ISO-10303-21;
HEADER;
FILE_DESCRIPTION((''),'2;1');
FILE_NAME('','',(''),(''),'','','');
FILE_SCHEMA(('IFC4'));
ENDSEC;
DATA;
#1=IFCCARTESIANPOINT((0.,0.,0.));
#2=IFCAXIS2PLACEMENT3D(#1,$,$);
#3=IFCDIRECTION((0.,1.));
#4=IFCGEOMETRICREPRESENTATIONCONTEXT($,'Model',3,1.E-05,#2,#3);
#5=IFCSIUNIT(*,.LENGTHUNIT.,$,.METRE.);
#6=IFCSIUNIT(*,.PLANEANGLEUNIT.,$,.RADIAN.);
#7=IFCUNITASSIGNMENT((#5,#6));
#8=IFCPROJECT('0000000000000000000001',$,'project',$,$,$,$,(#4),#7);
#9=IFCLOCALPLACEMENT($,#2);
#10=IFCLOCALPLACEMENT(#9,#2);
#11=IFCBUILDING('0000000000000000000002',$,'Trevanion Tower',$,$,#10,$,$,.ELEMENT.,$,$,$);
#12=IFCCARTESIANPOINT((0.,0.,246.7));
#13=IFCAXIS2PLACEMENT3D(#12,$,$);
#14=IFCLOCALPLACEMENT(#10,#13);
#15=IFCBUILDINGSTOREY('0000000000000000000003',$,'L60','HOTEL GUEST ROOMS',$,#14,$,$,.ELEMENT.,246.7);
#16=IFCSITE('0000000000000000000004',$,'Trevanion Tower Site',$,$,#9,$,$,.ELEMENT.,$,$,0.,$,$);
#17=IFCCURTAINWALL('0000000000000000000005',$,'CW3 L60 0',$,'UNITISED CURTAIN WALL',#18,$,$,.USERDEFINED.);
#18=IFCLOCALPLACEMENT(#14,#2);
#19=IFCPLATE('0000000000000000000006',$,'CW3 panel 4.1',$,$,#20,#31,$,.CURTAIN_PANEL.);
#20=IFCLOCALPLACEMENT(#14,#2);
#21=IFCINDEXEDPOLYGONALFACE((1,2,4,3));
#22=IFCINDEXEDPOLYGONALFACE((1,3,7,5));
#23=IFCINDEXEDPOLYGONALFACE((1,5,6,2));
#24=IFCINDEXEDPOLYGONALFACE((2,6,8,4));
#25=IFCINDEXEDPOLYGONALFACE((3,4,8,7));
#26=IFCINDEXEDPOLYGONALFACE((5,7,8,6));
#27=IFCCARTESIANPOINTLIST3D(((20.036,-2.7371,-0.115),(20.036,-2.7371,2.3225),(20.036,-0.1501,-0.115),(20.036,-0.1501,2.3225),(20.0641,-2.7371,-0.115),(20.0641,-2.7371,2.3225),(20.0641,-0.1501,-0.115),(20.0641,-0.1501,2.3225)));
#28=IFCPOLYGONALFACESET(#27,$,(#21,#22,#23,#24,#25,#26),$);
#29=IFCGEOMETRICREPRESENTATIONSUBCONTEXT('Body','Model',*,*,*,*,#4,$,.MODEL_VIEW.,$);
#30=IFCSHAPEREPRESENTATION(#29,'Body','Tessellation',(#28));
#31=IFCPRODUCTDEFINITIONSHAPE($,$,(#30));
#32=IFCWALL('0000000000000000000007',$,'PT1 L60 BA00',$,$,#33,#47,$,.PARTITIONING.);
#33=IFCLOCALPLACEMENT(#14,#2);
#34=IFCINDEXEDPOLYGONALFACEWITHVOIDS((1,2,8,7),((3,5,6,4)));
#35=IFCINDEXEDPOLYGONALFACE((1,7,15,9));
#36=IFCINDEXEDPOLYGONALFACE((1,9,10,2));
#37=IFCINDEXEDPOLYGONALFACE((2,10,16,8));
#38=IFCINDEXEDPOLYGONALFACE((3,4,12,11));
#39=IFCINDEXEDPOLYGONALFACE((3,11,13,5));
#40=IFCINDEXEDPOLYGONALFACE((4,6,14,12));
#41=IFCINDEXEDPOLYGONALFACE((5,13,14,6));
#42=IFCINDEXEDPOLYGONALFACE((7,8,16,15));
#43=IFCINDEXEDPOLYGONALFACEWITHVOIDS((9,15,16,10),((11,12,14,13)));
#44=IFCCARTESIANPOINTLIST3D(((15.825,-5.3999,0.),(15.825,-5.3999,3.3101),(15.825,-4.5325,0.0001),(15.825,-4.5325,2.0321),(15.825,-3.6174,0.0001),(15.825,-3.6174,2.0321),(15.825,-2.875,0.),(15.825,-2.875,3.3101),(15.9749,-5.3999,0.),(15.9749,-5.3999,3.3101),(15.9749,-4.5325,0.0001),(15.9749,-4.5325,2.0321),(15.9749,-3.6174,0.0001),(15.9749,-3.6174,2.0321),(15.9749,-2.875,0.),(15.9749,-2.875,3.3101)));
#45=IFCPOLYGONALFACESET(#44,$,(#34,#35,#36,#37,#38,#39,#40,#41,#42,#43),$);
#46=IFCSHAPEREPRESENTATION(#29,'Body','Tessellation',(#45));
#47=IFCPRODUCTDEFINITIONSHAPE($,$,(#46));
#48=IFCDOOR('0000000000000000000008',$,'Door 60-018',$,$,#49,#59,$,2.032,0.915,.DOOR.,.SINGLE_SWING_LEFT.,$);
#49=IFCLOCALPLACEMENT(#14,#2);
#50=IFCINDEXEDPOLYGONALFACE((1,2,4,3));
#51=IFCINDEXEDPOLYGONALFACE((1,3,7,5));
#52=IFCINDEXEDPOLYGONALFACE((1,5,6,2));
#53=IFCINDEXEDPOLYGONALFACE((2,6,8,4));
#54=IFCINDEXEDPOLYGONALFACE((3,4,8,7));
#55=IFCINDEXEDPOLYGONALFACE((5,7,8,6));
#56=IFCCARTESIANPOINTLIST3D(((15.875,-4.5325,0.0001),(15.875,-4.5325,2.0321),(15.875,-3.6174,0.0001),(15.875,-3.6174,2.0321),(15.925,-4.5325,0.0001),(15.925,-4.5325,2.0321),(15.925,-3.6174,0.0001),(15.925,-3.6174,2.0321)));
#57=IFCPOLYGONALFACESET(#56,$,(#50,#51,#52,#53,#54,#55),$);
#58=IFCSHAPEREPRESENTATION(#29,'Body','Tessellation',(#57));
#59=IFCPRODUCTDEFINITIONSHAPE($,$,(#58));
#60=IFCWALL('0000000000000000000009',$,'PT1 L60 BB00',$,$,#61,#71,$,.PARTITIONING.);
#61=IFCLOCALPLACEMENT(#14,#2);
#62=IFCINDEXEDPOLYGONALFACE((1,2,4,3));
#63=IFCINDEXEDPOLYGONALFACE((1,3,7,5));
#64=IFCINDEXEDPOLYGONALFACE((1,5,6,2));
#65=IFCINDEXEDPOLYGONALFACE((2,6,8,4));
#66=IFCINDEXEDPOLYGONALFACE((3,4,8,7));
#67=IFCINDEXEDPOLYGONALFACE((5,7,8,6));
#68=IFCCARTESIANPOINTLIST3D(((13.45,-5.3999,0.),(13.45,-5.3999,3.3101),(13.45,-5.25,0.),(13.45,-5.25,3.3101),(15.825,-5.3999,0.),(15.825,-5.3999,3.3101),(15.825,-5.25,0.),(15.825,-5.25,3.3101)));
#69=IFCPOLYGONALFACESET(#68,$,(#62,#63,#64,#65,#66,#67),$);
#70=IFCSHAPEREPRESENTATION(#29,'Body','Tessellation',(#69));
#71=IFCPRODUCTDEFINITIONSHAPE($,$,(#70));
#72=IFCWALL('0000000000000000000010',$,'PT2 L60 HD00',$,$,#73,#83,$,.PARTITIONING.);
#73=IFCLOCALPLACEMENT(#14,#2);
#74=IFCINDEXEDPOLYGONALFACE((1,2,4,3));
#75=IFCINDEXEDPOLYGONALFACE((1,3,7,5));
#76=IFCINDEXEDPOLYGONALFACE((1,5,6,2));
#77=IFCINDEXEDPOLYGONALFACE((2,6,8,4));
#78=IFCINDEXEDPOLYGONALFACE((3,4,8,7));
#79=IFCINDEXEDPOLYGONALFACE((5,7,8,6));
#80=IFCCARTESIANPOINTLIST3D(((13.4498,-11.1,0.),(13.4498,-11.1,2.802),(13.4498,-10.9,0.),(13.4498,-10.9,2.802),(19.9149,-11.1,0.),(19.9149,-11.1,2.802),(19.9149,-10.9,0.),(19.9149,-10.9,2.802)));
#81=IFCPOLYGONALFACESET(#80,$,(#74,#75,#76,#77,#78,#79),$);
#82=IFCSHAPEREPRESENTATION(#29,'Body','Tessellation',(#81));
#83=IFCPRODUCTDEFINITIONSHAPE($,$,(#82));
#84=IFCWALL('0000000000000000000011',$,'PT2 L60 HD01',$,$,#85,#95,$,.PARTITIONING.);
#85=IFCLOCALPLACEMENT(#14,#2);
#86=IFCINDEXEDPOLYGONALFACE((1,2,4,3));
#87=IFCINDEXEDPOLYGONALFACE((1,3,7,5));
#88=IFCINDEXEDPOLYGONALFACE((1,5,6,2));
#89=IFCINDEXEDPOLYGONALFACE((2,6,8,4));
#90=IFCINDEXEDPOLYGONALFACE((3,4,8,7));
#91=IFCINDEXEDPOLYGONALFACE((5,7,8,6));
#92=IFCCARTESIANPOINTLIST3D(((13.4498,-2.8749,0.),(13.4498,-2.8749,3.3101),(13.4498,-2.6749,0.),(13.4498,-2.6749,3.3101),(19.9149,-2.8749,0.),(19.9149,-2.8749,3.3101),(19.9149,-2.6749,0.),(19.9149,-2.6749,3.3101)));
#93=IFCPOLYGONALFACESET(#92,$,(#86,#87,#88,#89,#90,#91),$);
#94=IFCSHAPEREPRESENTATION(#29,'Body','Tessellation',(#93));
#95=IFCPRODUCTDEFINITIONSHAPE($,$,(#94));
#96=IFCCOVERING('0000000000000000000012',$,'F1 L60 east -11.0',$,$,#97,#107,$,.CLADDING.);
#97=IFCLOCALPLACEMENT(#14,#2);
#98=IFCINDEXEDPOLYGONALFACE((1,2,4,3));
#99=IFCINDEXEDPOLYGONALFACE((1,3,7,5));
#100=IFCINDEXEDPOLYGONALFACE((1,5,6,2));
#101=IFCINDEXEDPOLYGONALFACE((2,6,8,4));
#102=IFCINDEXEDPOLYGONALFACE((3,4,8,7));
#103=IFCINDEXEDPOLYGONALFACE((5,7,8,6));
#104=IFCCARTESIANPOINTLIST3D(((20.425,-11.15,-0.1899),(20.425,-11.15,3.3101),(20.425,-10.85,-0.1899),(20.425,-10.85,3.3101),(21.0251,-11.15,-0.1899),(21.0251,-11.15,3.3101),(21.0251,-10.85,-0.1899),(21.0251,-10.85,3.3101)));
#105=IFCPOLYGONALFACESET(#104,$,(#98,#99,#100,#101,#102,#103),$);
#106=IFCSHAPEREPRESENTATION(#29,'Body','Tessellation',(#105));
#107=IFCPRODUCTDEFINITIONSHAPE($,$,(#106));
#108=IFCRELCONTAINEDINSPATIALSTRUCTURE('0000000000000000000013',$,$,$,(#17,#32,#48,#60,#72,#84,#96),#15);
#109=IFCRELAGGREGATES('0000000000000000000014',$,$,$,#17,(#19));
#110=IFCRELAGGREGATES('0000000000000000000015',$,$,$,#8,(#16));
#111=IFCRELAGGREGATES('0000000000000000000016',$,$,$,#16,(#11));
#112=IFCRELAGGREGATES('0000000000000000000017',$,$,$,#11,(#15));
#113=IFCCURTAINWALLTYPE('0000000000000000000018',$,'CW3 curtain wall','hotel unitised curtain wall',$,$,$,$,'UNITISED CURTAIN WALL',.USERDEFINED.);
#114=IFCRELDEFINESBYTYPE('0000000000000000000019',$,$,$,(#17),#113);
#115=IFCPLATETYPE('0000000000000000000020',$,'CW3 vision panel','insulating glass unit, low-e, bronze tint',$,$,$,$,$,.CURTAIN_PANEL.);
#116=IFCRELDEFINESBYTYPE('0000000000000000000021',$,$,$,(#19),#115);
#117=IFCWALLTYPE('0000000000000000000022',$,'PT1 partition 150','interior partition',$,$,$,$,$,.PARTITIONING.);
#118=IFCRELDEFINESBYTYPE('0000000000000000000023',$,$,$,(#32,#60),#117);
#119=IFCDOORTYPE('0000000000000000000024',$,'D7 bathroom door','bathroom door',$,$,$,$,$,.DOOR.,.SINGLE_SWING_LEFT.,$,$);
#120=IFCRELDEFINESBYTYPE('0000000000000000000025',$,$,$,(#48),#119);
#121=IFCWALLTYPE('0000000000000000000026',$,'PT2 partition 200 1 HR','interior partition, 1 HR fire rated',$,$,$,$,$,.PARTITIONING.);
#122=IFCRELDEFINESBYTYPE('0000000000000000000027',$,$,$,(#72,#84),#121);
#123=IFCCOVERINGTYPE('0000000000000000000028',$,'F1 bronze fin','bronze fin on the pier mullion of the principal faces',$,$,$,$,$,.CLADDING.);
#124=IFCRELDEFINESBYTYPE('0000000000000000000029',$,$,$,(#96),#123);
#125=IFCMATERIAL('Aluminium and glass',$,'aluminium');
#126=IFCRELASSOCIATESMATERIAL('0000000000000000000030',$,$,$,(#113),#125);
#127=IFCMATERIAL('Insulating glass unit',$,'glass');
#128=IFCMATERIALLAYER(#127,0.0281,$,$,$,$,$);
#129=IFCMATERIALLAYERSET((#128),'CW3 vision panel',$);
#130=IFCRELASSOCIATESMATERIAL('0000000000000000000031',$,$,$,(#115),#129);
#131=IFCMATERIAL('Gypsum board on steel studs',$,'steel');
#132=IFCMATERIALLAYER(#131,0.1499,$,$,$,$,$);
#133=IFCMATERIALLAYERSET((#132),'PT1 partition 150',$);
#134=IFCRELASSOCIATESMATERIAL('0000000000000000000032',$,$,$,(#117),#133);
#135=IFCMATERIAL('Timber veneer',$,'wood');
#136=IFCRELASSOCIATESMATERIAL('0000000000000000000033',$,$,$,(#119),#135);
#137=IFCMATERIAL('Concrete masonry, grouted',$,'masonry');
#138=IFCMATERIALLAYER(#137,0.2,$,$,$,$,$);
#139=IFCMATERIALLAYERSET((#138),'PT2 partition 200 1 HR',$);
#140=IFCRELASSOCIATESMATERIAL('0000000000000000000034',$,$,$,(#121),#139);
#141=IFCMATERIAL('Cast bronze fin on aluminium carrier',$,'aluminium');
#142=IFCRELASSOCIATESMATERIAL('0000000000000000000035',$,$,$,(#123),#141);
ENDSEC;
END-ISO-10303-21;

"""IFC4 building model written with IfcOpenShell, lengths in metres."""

from ifc_helpers import new_model, si_unit, direction, frame, frame_2d, origin, origin_2d, place, context, subcontext, project, spatial, rectangle, extrude, material, layer, layer_set, type_object, element, fill, aggregate, save


model = new_model("IFC4")

# Units and contexts
model_context = context("Model", 3, precision=1e-05, world=origin(), true_north=direction((0.0, 1.0)))
body_context = subcontext(model_context, "Body", "Model", "MODEL_VIEW")
ifc_project = project(units=[si_unit("LENGTHUNIT", "METRE"), si_unit("PLANEANGLEUNIT", "RADIAN")], contexts=[model_context])

# Site, building, storey
site_placement = place(None, origin())
site = spatial("IfcSite", under=ifc_project, at=site_placement, Name="Trevanion Tower Site", CompositionType="ELEMENT", RefElevation=0.0)
building_placement = place(site_placement, origin())
building = spatial("IfcBuilding", under=site, at=building_placement, Name="Trevanion Tower", CompositionType="ELEMENT")
storey_placement = place(building_placement, frame((0.0, 0.0, 246.7)))
storey = spatial("IfcBuildingStorey", under=building, at=storey_placement, Name="L60", Description="HOTEL GUEST ROOMS", CompositionType="ELEMENT", Elevation=246.7)

# Curtain wall
ifc_material_1 = material(Name="Aluminium and glass", Category="aluminium")
curtain_wall_type = type_object("IfcCurtainWallType", Name="CW3 curtain wall", Description="hotel unitised curtain wall", ElementType="UNITISED CURTAIN WALL", PredefinedType="USERDEFINED", material=ifc_material_1)
curtain_wall_placement = place(storey_placement, origin())
curtain_wall = element("IfcCurtainWall", 1, at=curtain_wall_placement, inside=storey, type_object=curtain_wall_type, Name="CW3 L60 0", ObjectType="UNITISED CURTAIN WALL", PredefinedType="USERDEFINED")

# Plate
ifc_material_2 = material(Name="Insulating glass unit", Category="glass")
ifc_layer_1 = layer(ifc_material_2, 0.0281)
ifc_layer_set_1 = layer_set([ifc_layer_1], Name="CW3 vision panel")
plate_type_1 = type_object("IfcPlateType", Name="CW3 vision panel", Description="insulating glass unit, low-e, bronze tint", PredefinedType="CURTAIN_PANEL", material=ifc_layer_set_1)
plate_1_placement = place(storey_placement, frame((20.05, -1.4436, -0.115), z_axis=(0.0, 0.0, 1.0), x_axis=(0.0, 1.0, 0.0)))
plate_1 = element("IfcPlate", 2, at=plate_1_placement, type_object=plate_type_1, Name="CW3 panel 4.1", PredefinedType="CURTAIN_PANEL", context=body_context, shape_type="SweptSolid", body=[
    extrude(rectangle(XDim=2.5869, YDim=0.0281, at=origin_2d()), origin(), (0.0, 0.0, 1.0), 2.4375),
])
aggregate(curtain_wall, [plate_1])

# Wall, opening, door
ifc_material_3 = material(Name="Gypsum board on steel studs", Category="steel")
ifc_layer_2 = layer(ifc_material_3, 0.1499)
ifc_layer_set_2 = layer_set([ifc_layer_2], Name="PT1 partition 150")
wall_type_1 = type_object("IfcWallType", Name="PT1 partition 150", Description="interior partition", PredefinedType="PARTITIONING", material=ifc_layer_set_2)
wall_1_placement = place(storey_placement, frame((15.8999, -5.3999, 0.0), z_axis=(0.0, 0.0, 1.0), x_axis=(0.0, 1.0, 0.0)))
wall_1 = element("IfcWall", 3, at=wall_1_placement, inside=storey, type_object=wall_type_1, Name="PT1 L60 BA00", PredefinedType="PARTITIONING", context=body_context, shape_type="SweptSolid", body=[
    extrude(rectangle(XDim=2.5249, YDim=0.1499, at=frame_2d((1.2625, 0.0))), origin(), (0.0, 0.0, 1.0), 3.3101),
])
opening_placement = place(wall_1_placement, frame((0.8674, 0.0, 0.0)))
opening = element("IfcOpeningElement", 4, at=opening_placement, cuts=wall_1, PredefinedType="OPENING", context=body_context, shape_type="SweptSolid", body=[
    extrude(rectangle(XDim=0.915, YDim=2.032, at=frame_2d((0.4575, 1.0161))), frame((0.0, 0.085, 0.0), z_axis=(0.0, -1.0, 0.0), x_axis=(1.0, 0.0, 0.0)), (0.0, 0.0, 1.0), 0.1699),
])
ifc_material_4 = material(Name="Timber veneer", Category="wood")
door_type = type_object("IfcDoorType", Name="D7 bathroom door", Description="bathroom door", OperationType="SINGLE_SWING_LEFT", PredefinedType="DOOR", material=ifc_material_4)
door_placement = place(opening_placement, origin())
door = element("IfcDoor", 5, at=door_placement, inside=storey, type_object=door_type, Name="Door 60-018", OperationType="SINGLE_SWING_LEFT", OverallHeight=2.032, OverallWidth=0.915, PredefinedType="DOOR", context=body_context, shape_type="SweptSolid", body=[
    extrude(rectangle(XDim=0.915, YDim=2.032, at=frame_2d((0.4575, 1.0161))), frame((0.0, 0.0249, 0.0), z_axis=(0.0, -1.0, 0.0), x_axis=(1.0, 0.0, 0.0)), (0.0, 0.0, 1.0), 0.05),
])
fill(opening, door)

# Walls
wall_2_placement = place(storey_placement, frame((13.45, -5.325, 0.0), z_axis=(0.0, 0.0, 1.0), x_axis=(1.0, 0.0, 0.0)))
element("IfcWall", 6, at=wall_2_placement, inside=storey, type_object=wall_type_1, Name="PT1 L60 BB00", PredefinedType="PARTITIONING", context=body_context, shape_type="SweptSolid", body=[
    extrude(rectangle(XDim=2.375, YDim=0.1499, at=frame_2d((1.1875, 0.0))), origin(), (0.0, 0.0, 1.0), 3.3101),
])
ifc_material_5 = material(Name="Concrete masonry, grouted", Category="masonry")
ifc_layer_3 = layer(ifc_material_5, 0.2)
ifc_layer_set_3 = layer_set([ifc_layer_3], Name="PT2 partition 200 1 HR")
wall_type_2 = type_object("IfcWallType", Name="PT2 partition 200 1 HR", Description="interior partition, 1 HR fire rated", PredefinedType="PARTITIONING", material=ifc_layer_set_3)
wall_3_placement = place(storey_placement, frame((13.45, -11.0, 0.0), z_axis=(0.0, 0.0, 1.0), x_axis=(1.0, 0.0, 0.0)))
element("IfcWall", 7, at=wall_3_placement, inside=storey, type_object=wall_type_2, Name="PT2 L60 HD00", PredefinedType="PARTITIONING", context=body_context, shape_type="SweptSolid", body=[
    extrude(rectangle(XDim=6.4651, YDim=0.2, at=frame_2d((3.2324, 0.0))), origin(), (0.0, 0.0, 1.0), 2.802),
])
wall_4_placement = place(storey_placement, frame((13.45, -2.7749, 0.0), z_axis=(0.0, 0.0, 1.0), x_axis=(1.0, 0.0, 0.0)))
element("IfcWall", 8, at=wall_4_placement, inside=storey, type_object=wall_type_2, Name="PT2 L60 HD01", PredefinedType="PARTITIONING", context=body_context, shape_type="SweptSolid", body=[
    extrude(rectangle(XDim=6.4651, YDim=0.2, at=frame_2d((3.2324, 0.0))), origin(), (0.0, 0.0, 1.0), 3.3101),
])

# Covering
ifc_material_6 = material(Name="Cast bronze fin on aluminium carrier", Category="aluminium")
covering_type = type_object("IfcCoveringType", Name="F1 bronze fin", Description="bronze fin on the pier mullion of the principal faces", PredefinedType="CLADDING", material=ifc_material_6)
covering_placement = place(storey_placement, frame((20.7251, -11.0, -0.1899), z_axis=(0.0, 0.0, 1.0), x_axis=(0.0, 1.0, 0.0)))
element("IfcCovering", 9, at=covering_placement, inside=storey, type_object=covering_type, Name="F1 L60 east -11.0", PredefinedType="CLADDING", context=body_context, shape_type="SweptSolid", body=[
    extrude(rectangle(XDim=0.3, YDim=0.6001, at=origin_2d()), origin(), (0.0, 0.0, 1.0), 3.5),
])

save(model, "model.ifc")
